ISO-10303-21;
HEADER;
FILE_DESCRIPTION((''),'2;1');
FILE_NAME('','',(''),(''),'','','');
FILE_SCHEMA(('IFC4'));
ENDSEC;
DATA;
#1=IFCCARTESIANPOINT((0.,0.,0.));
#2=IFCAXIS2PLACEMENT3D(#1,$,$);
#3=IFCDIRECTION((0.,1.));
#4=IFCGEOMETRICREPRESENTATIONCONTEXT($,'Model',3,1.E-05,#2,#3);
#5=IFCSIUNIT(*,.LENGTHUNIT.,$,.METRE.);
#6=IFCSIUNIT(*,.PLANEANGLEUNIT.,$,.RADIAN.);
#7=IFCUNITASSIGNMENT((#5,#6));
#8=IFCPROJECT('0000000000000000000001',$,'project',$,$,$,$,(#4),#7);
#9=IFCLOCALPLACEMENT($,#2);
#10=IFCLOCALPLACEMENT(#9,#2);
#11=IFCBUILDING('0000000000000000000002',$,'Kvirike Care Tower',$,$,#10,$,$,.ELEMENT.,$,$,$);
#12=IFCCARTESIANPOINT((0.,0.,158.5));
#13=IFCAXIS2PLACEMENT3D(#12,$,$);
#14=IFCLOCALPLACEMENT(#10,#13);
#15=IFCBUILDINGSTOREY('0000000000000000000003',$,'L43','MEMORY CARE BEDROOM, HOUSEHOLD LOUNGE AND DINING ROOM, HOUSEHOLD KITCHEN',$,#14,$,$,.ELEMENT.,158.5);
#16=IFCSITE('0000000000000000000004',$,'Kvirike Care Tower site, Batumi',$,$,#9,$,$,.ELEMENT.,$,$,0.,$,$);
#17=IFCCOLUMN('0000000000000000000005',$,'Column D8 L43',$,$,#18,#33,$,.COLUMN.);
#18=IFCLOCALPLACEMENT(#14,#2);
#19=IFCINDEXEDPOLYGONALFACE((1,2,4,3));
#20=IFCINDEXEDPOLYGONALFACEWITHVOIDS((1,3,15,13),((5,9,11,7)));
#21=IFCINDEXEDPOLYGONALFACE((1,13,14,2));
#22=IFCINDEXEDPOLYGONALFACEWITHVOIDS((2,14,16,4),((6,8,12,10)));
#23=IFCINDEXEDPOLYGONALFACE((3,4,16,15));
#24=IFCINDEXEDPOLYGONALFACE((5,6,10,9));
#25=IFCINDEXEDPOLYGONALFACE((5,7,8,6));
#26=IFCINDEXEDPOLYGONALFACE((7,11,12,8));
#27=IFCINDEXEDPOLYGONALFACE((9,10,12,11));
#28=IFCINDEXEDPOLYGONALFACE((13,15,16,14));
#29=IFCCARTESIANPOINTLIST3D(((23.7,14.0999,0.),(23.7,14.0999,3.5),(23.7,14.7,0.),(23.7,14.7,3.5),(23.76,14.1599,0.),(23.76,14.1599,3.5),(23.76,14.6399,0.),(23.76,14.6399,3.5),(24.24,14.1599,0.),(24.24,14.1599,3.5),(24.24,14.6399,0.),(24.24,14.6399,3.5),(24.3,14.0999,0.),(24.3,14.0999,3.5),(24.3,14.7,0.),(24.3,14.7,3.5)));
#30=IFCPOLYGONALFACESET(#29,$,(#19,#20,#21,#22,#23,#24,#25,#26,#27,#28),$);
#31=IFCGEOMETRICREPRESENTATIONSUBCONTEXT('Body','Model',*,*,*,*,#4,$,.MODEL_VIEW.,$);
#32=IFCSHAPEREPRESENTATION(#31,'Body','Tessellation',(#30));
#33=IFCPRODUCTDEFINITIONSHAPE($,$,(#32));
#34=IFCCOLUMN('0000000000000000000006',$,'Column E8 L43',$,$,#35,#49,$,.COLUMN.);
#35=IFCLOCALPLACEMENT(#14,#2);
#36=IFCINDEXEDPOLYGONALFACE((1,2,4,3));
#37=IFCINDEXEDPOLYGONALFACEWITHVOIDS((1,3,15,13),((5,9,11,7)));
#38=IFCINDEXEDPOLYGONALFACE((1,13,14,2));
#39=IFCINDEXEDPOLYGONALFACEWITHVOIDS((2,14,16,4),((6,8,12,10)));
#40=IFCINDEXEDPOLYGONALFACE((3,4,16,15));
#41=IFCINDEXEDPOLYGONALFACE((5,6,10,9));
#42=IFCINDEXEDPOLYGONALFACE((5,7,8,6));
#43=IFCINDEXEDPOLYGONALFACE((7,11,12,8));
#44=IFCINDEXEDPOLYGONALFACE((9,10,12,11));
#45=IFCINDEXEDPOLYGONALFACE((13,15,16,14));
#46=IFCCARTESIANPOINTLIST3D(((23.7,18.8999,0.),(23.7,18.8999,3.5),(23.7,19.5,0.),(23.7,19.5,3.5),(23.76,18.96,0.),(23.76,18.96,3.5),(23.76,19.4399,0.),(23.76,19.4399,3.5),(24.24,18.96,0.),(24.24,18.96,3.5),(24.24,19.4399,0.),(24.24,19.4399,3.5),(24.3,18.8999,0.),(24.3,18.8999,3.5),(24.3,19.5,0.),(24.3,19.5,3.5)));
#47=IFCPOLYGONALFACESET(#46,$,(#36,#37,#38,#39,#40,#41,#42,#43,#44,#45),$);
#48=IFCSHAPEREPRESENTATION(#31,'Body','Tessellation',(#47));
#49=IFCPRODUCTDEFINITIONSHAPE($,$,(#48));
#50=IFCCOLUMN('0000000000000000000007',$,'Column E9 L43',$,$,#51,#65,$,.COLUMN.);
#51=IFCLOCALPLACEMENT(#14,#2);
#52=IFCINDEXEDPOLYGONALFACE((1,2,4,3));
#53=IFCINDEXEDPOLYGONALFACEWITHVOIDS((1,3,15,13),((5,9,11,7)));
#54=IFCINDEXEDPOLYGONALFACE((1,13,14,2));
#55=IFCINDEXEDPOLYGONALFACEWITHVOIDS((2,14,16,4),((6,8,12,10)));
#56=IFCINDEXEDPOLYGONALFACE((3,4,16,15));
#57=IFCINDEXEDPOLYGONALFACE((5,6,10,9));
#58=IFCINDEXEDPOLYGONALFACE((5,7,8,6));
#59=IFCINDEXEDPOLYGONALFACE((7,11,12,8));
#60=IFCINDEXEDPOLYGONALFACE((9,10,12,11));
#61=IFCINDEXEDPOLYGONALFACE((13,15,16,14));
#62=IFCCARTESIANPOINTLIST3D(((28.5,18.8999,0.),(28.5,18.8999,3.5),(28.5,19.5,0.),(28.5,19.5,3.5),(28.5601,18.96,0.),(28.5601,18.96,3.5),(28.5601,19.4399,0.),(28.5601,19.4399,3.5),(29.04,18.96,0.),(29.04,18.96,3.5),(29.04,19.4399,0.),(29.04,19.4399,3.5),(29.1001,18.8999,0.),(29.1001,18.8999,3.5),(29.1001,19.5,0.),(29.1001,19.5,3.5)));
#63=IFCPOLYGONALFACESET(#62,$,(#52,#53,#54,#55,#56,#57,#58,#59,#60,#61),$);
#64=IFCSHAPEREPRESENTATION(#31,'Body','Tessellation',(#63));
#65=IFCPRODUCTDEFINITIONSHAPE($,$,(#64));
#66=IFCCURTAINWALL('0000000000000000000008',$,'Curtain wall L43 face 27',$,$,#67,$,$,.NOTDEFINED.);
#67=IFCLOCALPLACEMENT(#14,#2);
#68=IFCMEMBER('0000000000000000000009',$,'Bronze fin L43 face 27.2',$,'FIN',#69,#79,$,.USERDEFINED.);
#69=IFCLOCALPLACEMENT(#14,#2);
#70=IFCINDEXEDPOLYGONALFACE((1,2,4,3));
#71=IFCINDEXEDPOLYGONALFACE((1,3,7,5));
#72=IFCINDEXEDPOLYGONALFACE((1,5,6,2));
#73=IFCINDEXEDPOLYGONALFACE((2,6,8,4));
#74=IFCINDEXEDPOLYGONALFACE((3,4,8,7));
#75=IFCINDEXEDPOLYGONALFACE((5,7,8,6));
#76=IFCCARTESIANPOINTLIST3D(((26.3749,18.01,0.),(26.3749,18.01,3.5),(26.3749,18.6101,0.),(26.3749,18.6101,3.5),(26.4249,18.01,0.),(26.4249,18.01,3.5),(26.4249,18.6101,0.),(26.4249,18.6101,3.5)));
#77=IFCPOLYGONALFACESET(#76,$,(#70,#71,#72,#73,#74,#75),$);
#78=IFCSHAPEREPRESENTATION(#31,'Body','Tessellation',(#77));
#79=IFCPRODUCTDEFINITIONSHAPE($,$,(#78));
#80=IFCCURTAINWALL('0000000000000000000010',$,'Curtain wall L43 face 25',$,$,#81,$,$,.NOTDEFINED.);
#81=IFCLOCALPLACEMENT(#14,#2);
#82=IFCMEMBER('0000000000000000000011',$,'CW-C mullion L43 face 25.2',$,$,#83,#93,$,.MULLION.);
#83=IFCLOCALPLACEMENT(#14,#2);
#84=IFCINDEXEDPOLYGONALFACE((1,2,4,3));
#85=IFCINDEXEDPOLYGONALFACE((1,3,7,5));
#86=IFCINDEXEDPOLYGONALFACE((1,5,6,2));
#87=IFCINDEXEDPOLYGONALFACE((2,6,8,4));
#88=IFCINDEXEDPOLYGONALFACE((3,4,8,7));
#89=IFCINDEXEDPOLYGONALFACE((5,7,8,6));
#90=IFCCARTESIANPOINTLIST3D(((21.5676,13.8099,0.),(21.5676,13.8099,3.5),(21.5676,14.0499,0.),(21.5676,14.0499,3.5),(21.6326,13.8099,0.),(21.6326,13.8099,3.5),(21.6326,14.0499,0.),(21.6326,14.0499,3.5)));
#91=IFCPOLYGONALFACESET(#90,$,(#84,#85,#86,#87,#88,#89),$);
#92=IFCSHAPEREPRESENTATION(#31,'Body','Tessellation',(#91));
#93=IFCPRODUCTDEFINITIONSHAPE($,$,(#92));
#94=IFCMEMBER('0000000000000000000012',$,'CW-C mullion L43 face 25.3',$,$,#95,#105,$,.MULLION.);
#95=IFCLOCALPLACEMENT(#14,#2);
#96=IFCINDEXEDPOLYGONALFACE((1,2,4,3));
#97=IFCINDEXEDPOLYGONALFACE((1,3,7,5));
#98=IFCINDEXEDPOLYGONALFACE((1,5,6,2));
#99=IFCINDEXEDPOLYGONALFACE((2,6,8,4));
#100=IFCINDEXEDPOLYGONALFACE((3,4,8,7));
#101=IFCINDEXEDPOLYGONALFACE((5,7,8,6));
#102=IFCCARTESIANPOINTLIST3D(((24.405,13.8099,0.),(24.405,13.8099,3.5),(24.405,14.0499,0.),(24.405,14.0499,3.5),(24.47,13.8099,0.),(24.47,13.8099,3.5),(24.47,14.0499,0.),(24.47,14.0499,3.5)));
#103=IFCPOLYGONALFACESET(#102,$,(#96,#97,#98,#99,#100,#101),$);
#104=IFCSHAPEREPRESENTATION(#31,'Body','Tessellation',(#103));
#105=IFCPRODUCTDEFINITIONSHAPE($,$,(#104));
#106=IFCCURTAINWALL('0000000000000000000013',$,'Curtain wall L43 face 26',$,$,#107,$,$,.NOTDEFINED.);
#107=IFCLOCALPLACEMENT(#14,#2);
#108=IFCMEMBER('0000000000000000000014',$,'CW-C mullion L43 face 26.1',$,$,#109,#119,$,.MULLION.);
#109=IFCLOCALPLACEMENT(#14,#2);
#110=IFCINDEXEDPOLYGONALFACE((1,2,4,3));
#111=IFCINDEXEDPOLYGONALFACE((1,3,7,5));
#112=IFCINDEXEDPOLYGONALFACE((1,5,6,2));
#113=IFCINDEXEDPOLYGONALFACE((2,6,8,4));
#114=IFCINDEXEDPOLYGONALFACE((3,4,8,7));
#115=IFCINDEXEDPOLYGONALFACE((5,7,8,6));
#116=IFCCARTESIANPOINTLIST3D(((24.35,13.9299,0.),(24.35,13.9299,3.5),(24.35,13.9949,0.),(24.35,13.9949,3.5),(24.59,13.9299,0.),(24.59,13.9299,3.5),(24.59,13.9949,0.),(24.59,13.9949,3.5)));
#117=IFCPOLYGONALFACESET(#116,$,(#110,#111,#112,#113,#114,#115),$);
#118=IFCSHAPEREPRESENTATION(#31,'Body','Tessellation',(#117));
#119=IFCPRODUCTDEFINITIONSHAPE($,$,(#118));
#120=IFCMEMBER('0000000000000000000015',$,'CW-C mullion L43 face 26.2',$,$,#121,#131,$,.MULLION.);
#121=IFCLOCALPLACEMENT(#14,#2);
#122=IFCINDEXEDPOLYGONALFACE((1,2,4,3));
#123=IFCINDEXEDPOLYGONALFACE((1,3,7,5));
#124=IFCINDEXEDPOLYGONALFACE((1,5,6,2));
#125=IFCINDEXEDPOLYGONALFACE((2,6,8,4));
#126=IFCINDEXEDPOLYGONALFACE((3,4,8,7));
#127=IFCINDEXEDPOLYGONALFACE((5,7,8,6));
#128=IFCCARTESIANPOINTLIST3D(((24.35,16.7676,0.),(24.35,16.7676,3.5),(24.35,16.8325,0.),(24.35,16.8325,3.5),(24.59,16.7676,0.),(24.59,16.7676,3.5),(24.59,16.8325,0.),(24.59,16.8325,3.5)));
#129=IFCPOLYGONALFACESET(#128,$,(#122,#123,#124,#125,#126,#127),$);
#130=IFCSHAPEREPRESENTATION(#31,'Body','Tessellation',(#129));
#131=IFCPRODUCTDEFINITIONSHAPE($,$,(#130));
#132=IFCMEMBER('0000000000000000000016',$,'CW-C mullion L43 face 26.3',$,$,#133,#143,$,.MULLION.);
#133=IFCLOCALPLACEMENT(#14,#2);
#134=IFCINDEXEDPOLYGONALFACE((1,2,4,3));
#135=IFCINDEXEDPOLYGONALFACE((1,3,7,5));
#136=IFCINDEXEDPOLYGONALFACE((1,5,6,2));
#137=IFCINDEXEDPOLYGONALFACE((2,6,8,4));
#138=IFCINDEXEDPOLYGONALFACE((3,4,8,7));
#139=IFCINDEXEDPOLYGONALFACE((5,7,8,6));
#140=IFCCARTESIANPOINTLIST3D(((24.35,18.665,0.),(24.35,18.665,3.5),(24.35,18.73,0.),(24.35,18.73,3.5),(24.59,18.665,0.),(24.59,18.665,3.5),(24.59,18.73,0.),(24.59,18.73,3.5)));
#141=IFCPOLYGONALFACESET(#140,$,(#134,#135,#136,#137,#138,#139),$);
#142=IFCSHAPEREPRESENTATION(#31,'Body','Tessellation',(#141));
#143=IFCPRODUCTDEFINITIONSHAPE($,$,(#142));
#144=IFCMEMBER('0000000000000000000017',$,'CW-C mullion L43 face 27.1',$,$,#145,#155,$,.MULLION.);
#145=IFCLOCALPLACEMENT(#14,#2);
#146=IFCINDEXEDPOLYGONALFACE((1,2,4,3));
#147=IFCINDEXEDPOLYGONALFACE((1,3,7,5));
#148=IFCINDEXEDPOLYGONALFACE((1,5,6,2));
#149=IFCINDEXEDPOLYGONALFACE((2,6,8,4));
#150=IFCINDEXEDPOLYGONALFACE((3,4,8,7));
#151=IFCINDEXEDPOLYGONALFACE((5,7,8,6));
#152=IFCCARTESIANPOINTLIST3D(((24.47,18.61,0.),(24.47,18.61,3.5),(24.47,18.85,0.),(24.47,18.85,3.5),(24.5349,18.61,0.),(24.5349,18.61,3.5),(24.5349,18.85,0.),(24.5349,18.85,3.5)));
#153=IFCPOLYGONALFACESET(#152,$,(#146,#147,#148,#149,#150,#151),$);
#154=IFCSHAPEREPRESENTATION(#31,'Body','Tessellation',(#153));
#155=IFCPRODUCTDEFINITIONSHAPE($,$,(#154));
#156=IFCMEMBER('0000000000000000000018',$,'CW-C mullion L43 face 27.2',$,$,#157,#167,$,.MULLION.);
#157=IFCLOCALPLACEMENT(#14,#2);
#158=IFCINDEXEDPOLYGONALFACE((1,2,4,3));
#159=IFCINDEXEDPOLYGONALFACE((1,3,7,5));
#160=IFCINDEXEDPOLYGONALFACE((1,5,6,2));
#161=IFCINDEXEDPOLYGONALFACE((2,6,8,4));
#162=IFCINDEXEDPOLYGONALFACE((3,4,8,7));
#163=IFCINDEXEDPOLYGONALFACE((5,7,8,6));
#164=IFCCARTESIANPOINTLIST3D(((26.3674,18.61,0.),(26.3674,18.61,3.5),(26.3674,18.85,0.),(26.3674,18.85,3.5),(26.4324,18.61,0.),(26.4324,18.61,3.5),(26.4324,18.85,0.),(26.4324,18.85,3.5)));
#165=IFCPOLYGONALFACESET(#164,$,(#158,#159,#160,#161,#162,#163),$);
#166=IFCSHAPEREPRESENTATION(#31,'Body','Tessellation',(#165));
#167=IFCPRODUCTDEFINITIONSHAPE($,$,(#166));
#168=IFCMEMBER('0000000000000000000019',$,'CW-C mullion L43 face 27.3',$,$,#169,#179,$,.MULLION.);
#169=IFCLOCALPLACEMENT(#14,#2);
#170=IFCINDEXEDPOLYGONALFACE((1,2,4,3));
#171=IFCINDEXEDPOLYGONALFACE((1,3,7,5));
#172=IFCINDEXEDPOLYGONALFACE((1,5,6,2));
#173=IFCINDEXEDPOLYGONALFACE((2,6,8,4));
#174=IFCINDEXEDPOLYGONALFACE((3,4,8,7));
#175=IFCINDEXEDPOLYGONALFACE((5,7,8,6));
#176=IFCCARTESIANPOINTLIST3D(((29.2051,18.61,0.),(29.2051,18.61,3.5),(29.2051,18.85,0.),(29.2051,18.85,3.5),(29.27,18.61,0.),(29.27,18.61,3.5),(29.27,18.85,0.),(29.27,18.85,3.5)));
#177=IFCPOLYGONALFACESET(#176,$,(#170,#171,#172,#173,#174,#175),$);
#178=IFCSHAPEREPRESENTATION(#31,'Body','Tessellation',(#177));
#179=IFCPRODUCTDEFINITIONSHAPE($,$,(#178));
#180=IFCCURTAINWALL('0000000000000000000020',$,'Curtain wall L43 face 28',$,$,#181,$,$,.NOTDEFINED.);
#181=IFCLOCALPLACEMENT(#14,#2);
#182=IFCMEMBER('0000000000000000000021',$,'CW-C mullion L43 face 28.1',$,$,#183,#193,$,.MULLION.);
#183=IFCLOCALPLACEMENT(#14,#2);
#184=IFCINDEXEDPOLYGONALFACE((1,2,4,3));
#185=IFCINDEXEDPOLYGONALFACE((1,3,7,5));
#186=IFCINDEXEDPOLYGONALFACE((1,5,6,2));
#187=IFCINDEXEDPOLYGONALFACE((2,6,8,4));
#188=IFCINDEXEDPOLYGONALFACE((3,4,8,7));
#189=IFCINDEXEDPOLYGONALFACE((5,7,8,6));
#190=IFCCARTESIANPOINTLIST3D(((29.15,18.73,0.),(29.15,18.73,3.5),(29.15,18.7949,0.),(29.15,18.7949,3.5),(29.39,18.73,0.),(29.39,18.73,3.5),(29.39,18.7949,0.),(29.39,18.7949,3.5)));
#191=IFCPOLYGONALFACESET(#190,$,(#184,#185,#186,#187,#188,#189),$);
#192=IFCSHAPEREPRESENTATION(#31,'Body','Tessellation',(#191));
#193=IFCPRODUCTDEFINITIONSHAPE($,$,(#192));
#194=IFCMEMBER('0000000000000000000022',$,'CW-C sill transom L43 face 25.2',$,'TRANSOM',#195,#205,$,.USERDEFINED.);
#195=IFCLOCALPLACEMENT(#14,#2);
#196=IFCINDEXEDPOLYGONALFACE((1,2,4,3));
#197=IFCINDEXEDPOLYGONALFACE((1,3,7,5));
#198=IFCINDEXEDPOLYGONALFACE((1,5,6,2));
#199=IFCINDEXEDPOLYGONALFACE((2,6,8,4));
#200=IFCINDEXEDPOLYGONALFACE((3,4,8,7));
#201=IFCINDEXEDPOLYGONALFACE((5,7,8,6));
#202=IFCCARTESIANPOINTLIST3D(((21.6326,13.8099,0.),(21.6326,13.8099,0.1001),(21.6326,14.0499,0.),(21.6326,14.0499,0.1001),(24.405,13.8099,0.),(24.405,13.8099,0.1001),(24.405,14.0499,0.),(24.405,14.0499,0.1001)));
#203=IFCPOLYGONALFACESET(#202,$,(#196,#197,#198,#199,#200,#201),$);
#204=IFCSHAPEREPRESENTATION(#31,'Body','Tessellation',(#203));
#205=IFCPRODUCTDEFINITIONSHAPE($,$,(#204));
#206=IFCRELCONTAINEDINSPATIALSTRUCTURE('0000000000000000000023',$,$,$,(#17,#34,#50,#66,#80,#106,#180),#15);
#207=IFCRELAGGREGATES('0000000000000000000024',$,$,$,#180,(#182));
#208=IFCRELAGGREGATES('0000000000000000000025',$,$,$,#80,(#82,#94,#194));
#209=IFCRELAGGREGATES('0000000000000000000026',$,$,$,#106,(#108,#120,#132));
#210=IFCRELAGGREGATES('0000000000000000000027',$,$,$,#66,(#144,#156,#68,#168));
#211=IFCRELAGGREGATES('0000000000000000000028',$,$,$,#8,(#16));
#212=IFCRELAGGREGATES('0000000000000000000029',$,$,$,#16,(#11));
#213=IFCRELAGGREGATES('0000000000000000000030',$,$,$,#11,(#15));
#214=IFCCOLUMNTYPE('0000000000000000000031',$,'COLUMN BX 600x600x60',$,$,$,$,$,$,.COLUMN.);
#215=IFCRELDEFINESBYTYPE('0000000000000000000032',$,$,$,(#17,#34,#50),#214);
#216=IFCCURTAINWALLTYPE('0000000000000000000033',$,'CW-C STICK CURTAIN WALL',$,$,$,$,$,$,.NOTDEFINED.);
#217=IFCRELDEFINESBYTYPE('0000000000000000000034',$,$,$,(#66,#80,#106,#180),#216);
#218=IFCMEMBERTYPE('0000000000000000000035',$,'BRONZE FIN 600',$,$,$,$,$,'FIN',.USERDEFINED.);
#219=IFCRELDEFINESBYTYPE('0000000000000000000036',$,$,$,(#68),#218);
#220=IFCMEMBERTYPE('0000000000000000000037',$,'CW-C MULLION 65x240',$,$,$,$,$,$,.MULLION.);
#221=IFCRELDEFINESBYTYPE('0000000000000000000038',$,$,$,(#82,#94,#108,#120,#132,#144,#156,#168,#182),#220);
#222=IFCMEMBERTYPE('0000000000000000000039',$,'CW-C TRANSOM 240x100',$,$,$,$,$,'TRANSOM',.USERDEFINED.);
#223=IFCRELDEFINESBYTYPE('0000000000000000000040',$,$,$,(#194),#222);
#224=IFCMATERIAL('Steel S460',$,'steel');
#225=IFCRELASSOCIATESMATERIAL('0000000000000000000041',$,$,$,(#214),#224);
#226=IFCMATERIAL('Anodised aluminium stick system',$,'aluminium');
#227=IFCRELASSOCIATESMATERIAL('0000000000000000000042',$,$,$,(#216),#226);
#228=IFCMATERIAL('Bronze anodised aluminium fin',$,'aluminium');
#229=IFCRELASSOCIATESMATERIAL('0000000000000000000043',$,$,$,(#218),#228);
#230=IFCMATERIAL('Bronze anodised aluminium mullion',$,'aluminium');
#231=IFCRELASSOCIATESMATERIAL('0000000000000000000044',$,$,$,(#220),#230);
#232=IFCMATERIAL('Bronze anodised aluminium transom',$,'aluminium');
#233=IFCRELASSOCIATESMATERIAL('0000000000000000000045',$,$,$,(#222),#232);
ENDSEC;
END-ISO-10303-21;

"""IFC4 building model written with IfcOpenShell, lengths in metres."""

from ifc_helpers import new_model, si_unit, direction, frame, origin, origin_2d, place, context, subcontext, project, spatial, rectangle, hollow_rectangle, extrude, material, material_profile, profile_set, type_object, element, aggregate, save


model = new_model("IFC4")

# Units and contexts
model_context = context("Model", 3, precision=1e-05, world=origin(), true_north=direction((0.0, 1.0)))
body_context = subcontext(model_context, "Body", "Model", "MODEL_VIEW")
ifc_project = project(units=[si_unit("LENGTHUNIT", "METRE"), si_unit("PLANEANGLEUNIT", "RADIAN")], contexts=[model_context])

# Site, building, storey
site_placement = place(None, origin())
site = spatial("IfcSite", under=ifc_project, at=site_placement, Name="Kvirike Care Tower site, Batumi", CompositionType="ELEMENT", RefElevation=0.0)
building_placement = place(site_placement, origin())
building = spatial("IfcBuilding", under=site, at=building_placement, Name="Kvirike Care Tower", CompositionType="ELEMENT")
storey_placement = place(building_placement, frame((0.0, 0.0, 158.5)))
storey = spatial("IfcBuildingStorey", under=building, at=storey_placement, Name="L43", Description="MEMORY CARE BEDROOM, HOUSEHOLD LOUNGE AND DINING ROOM, HOUSEHOLD KITCHEN", CompositionType="ELEMENT", Elevation=158.5)

# Columns
ifc_material_1 = material(Name="Steel S460", Category="steel")
ifc_material_profile_1 = material_profile(ifc_material_1, hollow_rectangle(XDim=0.6001, YDim=0.6001, WallThickness=0.0601, at=origin_2d()), Name="BX 600x600x60")
ifc_profile_set_1 = profile_set([ifc_material_profile_1], Name="Steel S460")
column_type = type_object("IfcColumnType", Name="COLUMN BX 600x600x60", PredefinedType="COLUMN", material=ifc_profile_set_1)
for number, where, z_axis, x_axis, name in (
    (1, (24.0, 14.3999, 0.0), (0.0, 0.0, 1.0), (0.0, 1.0, 0.0), "Column D8 L43"),
    (2, (24.0, 19.2, 0.0), (0.0, 0.0, 1.0), (0.0, 1.0, 0.0), "Column E8 L43"),
    (3, (28.8, 19.2, 0.0), (0.0, 0.0, 1.0), (0.0, 1.0, 0.0), "Column E9 L43"),
):
    element("IfcColumn", number, at=place(storey_placement, frame(where, z_axis=z_axis, x_axis=x_axis)), inside=storey, type_object=column_type, Name=name, PredefinedType="COLUMN", context=body_context, shape_type="SweptSolid", body=[
        extrude(hollow_rectangle(XDim=0.6001, YDim=0.6001, WallThickness=0.0601, at=origin_2d()), origin(), (0.0, 0.0, 1.0), 3.5),
    ])

# Curtain wall, member
ifc_material_2 = material(Name="Anodised aluminium stick system", Category="aluminium")
curtain_wall_type = type_object("IfcCurtainWallType", Name="CW-C STICK CURTAIN WALL", PredefinedType="NOTDEFINED", material=ifc_material_2)
curtain_wall_1_placement = place(storey_placement, origin())
curtain_wall_1 = element("IfcCurtainWall", 4, at=curtain_wall_1_placement, inside=storey, type_object=curtain_wall_type, Name="Curtain wall L43 face 27", PredefinedType="NOTDEFINED")
ifc_material_3 = material(Name="Bronze anodised aluminium fin", Category="aluminium")
ifc_material_profile_2 = material_profile(ifc_material_3, rectangle(XDim=0.05, YDim=0.6001, at=origin_2d()), Name="BRONZE FIN 600")
ifc_profile_set_2 = profile_set([ifc_material_profile_2], Name="Bronze anodised aluminium fin")
member_type_1 = type_object("IfcMemberType", Name="BRONZE FIN 600", ElementType="FIN", PredefinedType="USERDEFINED", material=ifc_profile_set_2)
member_1_placement = place(storey_placement, frame((26.3999, 18.3101, 0.0), z_axis=(0.0, 0.0, 1.0), x_axis=(1.0, 0.0, 0.0)))
member_1 = element("IfcMember", 5, at=member_1_placement, type_object=member_type_1, Name="Bronze fin L43 face 27.2", ObjectType="FIN", PredefinedType="USERDEFINED", context=body_context, shape_type="SweptSolid", body=[
    extrude(rectangle(XDim=0.05, YDim=0.6001, at=origin_2d()), origin(), (0.0, 0.0, 1.0), 3.5),
])

# Curtain walls, members
curtain_wall_2_placement = place(storey_placement, origin())
curtain_wall_2 = element("IfcCurtainWall", 6, at=curtain_wall_2_placement, inside=storey, type_object=curtain_wall_type, Name="Curtain wall L43 face 25", PredefinedType="NOTDEFINED")
ifc_material_4 = material(Name="Bronze anodised aluminium mullion", Category="aluminium")
ifc_material_profile_3 = material_profile(ifc_material_4, rectangle(XDim=0.0649, YDim=0.24, at=origin_2d()), Name="CW-C MULLION 65x240")
ifc_profile_set_3 = profile_set([ifc_material_profile_3], Name="Bronze anodised aluminium mullion")
member_type_2 = type_object("IfcMemberType", Name="CW-C MULLION 65x240", PredefinedType="MULLION", material=ifc_profile_set_3)
member_2_placement = place(storey_placement, frame((21.6001, 13.9299, 0.0), z_axis=(0.0, 0.0, 1.0), x_axis=(1.0, 0.0, 0.0)))
member_2 = element("IfcMember", 7, at=member_2_placement, type_object=member_type_2, Name="CW-C mullion L43 face 25.2", PredefinedType="MULLION", context=body_context, shape_type="SweptSolid", body=[
    extrude(rectangle(XDim=0.0649, YDim=0.24, at=origin_2d()), origin(), (0.0, 0.0, 1.0), 3.5),
])
member_3_placement = place(storey_placement, frame((24.4375, 13.9299, 0.0), z_axis=(0.0, 0.0, 1.0), x_axis=(1.0, 0.0, 0.0)))
member_3 = element("IfcMember", 8, at=member_3_placement, type_object=member_type_2, Name="CW-C mullion L43 face 25.3", PredefinedType="MULLION", context=body_context, shape_type="SweptSolid", body=[
    extrude(rectangle(XDim=0.0649, YDim=0.24, at=origin_2d()), origin(), (0.0, 0.0, 1.0), 3.5),
])
curtain_wall_3_placement = place(storey_placement, origin())
curtain_wall_3 = element("IfcCurtainWall", 9, at=curtain_wall_3_placement, inside=storey, type_object=curtain_wall_type, Name="Curtain wall L43 face 26", PredefinedType="NOTDEFINED")
member_4_placement = place(storey_placement, frame((24.47, 13.9624, 0.0), z_axis=(0.0, 0.0, 1.0), x_axis=(0.0, 1.0, 0.0)))
member_4 = element("IfcMember", 10, at=member_4_placement, type_object=member_type_2, Name="CW-C mullion L43 face 26.1", PredefinedType="MULLION", context=body_context, shape_type="SweptSolid", body=[
    extrude(rectangle(XDim=0.0649, YDim=0.24, at=origin_2d()), origin(), (0.0, 0.0, 1.0), 3.5),
])
member_5_placement = place(storey_placement, frame((24.47, 16.8, 0.0), z_axis=(0.0, 0.0, 1.0), x_axis=(0.0, 1.0, 0.0)))
member_5 = element("IfcMember", 11, at=member_5_placement, type_object=member_type_2, Name="CW-C mullion L43 face 26.2", PredefinedType="MULLION", context=body_context, shape_type="SweptSolid", body=[
    extrude(rectangle(XDim=0.0649, YDim=0.24, at=origin_2d()), origin(), (0.0, 0.0, 1.0), 3.5),
])
member_6_placement = place(storey_placement, frame((24.47, 18.6975, 0.0), z_axis=(0.0, 0.0, 1.0), x_axis=(0.0, 1.0, 0.0)))
member_6 = element("IfcMember", 12, at=member_6_placement, type_object=member_type_2, Name="CW-C mullion L43 face 26.3", PredefinedType="MULLION", context=body_context, shape_type="SweptSolid", body=[
    extrude(rectangle(XDim=0.0649, YDim=0.24, at=origin_2d()), origin(), (0.0, 0.0, 1.0), 3.5),
])

# Members
member_7_placement = place(storey_placement, frame((24.5024, 18.73, 0.0), z_axis=(0.0, 0.0, 1.0), x_axis=(1.0, 0.0, 0.0)))
member_7 = element("IfcMember", 13, at=member_7_placement, type_object=member_type_2, Name="CW-C mullion L43 face 27.1", PredefinedType="MULLION", context=body_context, shape_type="SweptSolid", body=[
    extrude(rectangle(XDim=0.0649, YDim=0.24, at=origin_2d()), origin(), (0.0, 0.0, 1.0), 3.5),
])
member_8_placement = place(storey_placement, frame((26.3999, 18.73, 0.0), z_axis=(0.0, 0.0, 1.0), x_axis=(1.0, 0.0, 0.0)))
member_8 = element("IfcMember", 14, at=member_8_placement, type_object=member_type_2, Name="CW-C mullion L43 face 27.2", PredefinedType="MULLION", context=body_context, shape_type="SweptSolid", body=[
    extrude(rectangle(XDim=0.0649, YDim=0.24, at=origin_2d()), origin(), (0.0, 0.0, 1.0), 3.5),
])
member_9_placement = place(storey_placement, frame((29.2375, 18.73, 0.0), z_axis=(0.0, 0.0, 1.0), x_axis=(1.0, 0.0, 0.0)))
member_9 = element("IfcMember", 15, at=member_9_placement, type_object=member_type_2, Name="CW-C mullion L43 face 27.3", PredefinedType="MULLION", context=body_context, shape_type="SweptSolid", body=[
    extrude(rectangle(XDim=0.0649, YDim=0.24, at=origin_2d()), origin(), (0.0, 0.0, 1.0), 3.5),
])

# Curtain wall, member
curtain_wall_4_placement = place(storey_placement, origin())
curtain_wall_4 = element("IfcCurtainWall", 16, at=curtain_wall_4_placement, inside=storey, type_object=curtain_wall_type, Name="Curtain wall L43 face 28", PredefinedType="NOTDEFINED")
member_10_placement = place(storey_placement, frame((29.27, 18.7625, 0.0), z_axis=(0.0, 0.0, 1.0), x_axis=(0.0, 1.0, 0.0)))
member_10 = element("IfcMember", 17, at=member_10_placement, type_object=member_type_2, Name="CW-C mullion L43 face 28.1", PredefinedType="MULLION", context=body_context, shape_type="SweptSolid", body=[
    extrude(rectangle(XDim=0.0649, YDim=0.24, at=origin_2d()), origin(), (0.0, 0.0, 1.0), 3.5),
])

# Member
ifc_material_5 = material(Name="Bronze anodised aluminium transom", Category="aluminium")
ifc_material_profile_4 = material_profile(ifc_material_5, rectangle(XDim=0.24, YDim=0.1001, at=origin_2d()), Name="CW-C TRANSOM 240x100")
ifc_profile_set_4 = profile_set([ifc_material_profile_4], Name="Bronze anodised aluminium transom")
member_type_3 = type_object("IfcMemberType", Name="CW-C TRANSOM 240x100", ElementType="TRANSOM", PredefinedType="USERDEFINED", material=ifc_profile_set_4)
member_11_placement = place(storey_placement, frame((21.6326, 13.9299, 0.05), z_axis=(1.0, 0.0, 0.0), x_axis=(0.0, 1.0, 0.0)))
member_11 = element("IfcMember", 18, at=member_11_placement, type_object=member_type_3, Name="CW-C sill transom L43 face 25.2", ObjectType="TRANSOM", PredefinedType="USERDEFINED", context=body_context, shape_type="SweptSolid", body=[
    extrude(rectangle(XDim=0.24, YDim=0.1001, at=origin_2d()), origin(), (0.0, 0.0, 1.0), 2.7725),
])
aggregate(curtain_wall_4, [member_10])

aggregate(curtain_wall_2, [member_2, member_3, member_11])
aggregate(curtain_wall_3, [member_4, member_5, member_6])
aggregate(curtain_wall_1, [member_7, member_8, member_1, member_9])

save(model, "model.ifc")
